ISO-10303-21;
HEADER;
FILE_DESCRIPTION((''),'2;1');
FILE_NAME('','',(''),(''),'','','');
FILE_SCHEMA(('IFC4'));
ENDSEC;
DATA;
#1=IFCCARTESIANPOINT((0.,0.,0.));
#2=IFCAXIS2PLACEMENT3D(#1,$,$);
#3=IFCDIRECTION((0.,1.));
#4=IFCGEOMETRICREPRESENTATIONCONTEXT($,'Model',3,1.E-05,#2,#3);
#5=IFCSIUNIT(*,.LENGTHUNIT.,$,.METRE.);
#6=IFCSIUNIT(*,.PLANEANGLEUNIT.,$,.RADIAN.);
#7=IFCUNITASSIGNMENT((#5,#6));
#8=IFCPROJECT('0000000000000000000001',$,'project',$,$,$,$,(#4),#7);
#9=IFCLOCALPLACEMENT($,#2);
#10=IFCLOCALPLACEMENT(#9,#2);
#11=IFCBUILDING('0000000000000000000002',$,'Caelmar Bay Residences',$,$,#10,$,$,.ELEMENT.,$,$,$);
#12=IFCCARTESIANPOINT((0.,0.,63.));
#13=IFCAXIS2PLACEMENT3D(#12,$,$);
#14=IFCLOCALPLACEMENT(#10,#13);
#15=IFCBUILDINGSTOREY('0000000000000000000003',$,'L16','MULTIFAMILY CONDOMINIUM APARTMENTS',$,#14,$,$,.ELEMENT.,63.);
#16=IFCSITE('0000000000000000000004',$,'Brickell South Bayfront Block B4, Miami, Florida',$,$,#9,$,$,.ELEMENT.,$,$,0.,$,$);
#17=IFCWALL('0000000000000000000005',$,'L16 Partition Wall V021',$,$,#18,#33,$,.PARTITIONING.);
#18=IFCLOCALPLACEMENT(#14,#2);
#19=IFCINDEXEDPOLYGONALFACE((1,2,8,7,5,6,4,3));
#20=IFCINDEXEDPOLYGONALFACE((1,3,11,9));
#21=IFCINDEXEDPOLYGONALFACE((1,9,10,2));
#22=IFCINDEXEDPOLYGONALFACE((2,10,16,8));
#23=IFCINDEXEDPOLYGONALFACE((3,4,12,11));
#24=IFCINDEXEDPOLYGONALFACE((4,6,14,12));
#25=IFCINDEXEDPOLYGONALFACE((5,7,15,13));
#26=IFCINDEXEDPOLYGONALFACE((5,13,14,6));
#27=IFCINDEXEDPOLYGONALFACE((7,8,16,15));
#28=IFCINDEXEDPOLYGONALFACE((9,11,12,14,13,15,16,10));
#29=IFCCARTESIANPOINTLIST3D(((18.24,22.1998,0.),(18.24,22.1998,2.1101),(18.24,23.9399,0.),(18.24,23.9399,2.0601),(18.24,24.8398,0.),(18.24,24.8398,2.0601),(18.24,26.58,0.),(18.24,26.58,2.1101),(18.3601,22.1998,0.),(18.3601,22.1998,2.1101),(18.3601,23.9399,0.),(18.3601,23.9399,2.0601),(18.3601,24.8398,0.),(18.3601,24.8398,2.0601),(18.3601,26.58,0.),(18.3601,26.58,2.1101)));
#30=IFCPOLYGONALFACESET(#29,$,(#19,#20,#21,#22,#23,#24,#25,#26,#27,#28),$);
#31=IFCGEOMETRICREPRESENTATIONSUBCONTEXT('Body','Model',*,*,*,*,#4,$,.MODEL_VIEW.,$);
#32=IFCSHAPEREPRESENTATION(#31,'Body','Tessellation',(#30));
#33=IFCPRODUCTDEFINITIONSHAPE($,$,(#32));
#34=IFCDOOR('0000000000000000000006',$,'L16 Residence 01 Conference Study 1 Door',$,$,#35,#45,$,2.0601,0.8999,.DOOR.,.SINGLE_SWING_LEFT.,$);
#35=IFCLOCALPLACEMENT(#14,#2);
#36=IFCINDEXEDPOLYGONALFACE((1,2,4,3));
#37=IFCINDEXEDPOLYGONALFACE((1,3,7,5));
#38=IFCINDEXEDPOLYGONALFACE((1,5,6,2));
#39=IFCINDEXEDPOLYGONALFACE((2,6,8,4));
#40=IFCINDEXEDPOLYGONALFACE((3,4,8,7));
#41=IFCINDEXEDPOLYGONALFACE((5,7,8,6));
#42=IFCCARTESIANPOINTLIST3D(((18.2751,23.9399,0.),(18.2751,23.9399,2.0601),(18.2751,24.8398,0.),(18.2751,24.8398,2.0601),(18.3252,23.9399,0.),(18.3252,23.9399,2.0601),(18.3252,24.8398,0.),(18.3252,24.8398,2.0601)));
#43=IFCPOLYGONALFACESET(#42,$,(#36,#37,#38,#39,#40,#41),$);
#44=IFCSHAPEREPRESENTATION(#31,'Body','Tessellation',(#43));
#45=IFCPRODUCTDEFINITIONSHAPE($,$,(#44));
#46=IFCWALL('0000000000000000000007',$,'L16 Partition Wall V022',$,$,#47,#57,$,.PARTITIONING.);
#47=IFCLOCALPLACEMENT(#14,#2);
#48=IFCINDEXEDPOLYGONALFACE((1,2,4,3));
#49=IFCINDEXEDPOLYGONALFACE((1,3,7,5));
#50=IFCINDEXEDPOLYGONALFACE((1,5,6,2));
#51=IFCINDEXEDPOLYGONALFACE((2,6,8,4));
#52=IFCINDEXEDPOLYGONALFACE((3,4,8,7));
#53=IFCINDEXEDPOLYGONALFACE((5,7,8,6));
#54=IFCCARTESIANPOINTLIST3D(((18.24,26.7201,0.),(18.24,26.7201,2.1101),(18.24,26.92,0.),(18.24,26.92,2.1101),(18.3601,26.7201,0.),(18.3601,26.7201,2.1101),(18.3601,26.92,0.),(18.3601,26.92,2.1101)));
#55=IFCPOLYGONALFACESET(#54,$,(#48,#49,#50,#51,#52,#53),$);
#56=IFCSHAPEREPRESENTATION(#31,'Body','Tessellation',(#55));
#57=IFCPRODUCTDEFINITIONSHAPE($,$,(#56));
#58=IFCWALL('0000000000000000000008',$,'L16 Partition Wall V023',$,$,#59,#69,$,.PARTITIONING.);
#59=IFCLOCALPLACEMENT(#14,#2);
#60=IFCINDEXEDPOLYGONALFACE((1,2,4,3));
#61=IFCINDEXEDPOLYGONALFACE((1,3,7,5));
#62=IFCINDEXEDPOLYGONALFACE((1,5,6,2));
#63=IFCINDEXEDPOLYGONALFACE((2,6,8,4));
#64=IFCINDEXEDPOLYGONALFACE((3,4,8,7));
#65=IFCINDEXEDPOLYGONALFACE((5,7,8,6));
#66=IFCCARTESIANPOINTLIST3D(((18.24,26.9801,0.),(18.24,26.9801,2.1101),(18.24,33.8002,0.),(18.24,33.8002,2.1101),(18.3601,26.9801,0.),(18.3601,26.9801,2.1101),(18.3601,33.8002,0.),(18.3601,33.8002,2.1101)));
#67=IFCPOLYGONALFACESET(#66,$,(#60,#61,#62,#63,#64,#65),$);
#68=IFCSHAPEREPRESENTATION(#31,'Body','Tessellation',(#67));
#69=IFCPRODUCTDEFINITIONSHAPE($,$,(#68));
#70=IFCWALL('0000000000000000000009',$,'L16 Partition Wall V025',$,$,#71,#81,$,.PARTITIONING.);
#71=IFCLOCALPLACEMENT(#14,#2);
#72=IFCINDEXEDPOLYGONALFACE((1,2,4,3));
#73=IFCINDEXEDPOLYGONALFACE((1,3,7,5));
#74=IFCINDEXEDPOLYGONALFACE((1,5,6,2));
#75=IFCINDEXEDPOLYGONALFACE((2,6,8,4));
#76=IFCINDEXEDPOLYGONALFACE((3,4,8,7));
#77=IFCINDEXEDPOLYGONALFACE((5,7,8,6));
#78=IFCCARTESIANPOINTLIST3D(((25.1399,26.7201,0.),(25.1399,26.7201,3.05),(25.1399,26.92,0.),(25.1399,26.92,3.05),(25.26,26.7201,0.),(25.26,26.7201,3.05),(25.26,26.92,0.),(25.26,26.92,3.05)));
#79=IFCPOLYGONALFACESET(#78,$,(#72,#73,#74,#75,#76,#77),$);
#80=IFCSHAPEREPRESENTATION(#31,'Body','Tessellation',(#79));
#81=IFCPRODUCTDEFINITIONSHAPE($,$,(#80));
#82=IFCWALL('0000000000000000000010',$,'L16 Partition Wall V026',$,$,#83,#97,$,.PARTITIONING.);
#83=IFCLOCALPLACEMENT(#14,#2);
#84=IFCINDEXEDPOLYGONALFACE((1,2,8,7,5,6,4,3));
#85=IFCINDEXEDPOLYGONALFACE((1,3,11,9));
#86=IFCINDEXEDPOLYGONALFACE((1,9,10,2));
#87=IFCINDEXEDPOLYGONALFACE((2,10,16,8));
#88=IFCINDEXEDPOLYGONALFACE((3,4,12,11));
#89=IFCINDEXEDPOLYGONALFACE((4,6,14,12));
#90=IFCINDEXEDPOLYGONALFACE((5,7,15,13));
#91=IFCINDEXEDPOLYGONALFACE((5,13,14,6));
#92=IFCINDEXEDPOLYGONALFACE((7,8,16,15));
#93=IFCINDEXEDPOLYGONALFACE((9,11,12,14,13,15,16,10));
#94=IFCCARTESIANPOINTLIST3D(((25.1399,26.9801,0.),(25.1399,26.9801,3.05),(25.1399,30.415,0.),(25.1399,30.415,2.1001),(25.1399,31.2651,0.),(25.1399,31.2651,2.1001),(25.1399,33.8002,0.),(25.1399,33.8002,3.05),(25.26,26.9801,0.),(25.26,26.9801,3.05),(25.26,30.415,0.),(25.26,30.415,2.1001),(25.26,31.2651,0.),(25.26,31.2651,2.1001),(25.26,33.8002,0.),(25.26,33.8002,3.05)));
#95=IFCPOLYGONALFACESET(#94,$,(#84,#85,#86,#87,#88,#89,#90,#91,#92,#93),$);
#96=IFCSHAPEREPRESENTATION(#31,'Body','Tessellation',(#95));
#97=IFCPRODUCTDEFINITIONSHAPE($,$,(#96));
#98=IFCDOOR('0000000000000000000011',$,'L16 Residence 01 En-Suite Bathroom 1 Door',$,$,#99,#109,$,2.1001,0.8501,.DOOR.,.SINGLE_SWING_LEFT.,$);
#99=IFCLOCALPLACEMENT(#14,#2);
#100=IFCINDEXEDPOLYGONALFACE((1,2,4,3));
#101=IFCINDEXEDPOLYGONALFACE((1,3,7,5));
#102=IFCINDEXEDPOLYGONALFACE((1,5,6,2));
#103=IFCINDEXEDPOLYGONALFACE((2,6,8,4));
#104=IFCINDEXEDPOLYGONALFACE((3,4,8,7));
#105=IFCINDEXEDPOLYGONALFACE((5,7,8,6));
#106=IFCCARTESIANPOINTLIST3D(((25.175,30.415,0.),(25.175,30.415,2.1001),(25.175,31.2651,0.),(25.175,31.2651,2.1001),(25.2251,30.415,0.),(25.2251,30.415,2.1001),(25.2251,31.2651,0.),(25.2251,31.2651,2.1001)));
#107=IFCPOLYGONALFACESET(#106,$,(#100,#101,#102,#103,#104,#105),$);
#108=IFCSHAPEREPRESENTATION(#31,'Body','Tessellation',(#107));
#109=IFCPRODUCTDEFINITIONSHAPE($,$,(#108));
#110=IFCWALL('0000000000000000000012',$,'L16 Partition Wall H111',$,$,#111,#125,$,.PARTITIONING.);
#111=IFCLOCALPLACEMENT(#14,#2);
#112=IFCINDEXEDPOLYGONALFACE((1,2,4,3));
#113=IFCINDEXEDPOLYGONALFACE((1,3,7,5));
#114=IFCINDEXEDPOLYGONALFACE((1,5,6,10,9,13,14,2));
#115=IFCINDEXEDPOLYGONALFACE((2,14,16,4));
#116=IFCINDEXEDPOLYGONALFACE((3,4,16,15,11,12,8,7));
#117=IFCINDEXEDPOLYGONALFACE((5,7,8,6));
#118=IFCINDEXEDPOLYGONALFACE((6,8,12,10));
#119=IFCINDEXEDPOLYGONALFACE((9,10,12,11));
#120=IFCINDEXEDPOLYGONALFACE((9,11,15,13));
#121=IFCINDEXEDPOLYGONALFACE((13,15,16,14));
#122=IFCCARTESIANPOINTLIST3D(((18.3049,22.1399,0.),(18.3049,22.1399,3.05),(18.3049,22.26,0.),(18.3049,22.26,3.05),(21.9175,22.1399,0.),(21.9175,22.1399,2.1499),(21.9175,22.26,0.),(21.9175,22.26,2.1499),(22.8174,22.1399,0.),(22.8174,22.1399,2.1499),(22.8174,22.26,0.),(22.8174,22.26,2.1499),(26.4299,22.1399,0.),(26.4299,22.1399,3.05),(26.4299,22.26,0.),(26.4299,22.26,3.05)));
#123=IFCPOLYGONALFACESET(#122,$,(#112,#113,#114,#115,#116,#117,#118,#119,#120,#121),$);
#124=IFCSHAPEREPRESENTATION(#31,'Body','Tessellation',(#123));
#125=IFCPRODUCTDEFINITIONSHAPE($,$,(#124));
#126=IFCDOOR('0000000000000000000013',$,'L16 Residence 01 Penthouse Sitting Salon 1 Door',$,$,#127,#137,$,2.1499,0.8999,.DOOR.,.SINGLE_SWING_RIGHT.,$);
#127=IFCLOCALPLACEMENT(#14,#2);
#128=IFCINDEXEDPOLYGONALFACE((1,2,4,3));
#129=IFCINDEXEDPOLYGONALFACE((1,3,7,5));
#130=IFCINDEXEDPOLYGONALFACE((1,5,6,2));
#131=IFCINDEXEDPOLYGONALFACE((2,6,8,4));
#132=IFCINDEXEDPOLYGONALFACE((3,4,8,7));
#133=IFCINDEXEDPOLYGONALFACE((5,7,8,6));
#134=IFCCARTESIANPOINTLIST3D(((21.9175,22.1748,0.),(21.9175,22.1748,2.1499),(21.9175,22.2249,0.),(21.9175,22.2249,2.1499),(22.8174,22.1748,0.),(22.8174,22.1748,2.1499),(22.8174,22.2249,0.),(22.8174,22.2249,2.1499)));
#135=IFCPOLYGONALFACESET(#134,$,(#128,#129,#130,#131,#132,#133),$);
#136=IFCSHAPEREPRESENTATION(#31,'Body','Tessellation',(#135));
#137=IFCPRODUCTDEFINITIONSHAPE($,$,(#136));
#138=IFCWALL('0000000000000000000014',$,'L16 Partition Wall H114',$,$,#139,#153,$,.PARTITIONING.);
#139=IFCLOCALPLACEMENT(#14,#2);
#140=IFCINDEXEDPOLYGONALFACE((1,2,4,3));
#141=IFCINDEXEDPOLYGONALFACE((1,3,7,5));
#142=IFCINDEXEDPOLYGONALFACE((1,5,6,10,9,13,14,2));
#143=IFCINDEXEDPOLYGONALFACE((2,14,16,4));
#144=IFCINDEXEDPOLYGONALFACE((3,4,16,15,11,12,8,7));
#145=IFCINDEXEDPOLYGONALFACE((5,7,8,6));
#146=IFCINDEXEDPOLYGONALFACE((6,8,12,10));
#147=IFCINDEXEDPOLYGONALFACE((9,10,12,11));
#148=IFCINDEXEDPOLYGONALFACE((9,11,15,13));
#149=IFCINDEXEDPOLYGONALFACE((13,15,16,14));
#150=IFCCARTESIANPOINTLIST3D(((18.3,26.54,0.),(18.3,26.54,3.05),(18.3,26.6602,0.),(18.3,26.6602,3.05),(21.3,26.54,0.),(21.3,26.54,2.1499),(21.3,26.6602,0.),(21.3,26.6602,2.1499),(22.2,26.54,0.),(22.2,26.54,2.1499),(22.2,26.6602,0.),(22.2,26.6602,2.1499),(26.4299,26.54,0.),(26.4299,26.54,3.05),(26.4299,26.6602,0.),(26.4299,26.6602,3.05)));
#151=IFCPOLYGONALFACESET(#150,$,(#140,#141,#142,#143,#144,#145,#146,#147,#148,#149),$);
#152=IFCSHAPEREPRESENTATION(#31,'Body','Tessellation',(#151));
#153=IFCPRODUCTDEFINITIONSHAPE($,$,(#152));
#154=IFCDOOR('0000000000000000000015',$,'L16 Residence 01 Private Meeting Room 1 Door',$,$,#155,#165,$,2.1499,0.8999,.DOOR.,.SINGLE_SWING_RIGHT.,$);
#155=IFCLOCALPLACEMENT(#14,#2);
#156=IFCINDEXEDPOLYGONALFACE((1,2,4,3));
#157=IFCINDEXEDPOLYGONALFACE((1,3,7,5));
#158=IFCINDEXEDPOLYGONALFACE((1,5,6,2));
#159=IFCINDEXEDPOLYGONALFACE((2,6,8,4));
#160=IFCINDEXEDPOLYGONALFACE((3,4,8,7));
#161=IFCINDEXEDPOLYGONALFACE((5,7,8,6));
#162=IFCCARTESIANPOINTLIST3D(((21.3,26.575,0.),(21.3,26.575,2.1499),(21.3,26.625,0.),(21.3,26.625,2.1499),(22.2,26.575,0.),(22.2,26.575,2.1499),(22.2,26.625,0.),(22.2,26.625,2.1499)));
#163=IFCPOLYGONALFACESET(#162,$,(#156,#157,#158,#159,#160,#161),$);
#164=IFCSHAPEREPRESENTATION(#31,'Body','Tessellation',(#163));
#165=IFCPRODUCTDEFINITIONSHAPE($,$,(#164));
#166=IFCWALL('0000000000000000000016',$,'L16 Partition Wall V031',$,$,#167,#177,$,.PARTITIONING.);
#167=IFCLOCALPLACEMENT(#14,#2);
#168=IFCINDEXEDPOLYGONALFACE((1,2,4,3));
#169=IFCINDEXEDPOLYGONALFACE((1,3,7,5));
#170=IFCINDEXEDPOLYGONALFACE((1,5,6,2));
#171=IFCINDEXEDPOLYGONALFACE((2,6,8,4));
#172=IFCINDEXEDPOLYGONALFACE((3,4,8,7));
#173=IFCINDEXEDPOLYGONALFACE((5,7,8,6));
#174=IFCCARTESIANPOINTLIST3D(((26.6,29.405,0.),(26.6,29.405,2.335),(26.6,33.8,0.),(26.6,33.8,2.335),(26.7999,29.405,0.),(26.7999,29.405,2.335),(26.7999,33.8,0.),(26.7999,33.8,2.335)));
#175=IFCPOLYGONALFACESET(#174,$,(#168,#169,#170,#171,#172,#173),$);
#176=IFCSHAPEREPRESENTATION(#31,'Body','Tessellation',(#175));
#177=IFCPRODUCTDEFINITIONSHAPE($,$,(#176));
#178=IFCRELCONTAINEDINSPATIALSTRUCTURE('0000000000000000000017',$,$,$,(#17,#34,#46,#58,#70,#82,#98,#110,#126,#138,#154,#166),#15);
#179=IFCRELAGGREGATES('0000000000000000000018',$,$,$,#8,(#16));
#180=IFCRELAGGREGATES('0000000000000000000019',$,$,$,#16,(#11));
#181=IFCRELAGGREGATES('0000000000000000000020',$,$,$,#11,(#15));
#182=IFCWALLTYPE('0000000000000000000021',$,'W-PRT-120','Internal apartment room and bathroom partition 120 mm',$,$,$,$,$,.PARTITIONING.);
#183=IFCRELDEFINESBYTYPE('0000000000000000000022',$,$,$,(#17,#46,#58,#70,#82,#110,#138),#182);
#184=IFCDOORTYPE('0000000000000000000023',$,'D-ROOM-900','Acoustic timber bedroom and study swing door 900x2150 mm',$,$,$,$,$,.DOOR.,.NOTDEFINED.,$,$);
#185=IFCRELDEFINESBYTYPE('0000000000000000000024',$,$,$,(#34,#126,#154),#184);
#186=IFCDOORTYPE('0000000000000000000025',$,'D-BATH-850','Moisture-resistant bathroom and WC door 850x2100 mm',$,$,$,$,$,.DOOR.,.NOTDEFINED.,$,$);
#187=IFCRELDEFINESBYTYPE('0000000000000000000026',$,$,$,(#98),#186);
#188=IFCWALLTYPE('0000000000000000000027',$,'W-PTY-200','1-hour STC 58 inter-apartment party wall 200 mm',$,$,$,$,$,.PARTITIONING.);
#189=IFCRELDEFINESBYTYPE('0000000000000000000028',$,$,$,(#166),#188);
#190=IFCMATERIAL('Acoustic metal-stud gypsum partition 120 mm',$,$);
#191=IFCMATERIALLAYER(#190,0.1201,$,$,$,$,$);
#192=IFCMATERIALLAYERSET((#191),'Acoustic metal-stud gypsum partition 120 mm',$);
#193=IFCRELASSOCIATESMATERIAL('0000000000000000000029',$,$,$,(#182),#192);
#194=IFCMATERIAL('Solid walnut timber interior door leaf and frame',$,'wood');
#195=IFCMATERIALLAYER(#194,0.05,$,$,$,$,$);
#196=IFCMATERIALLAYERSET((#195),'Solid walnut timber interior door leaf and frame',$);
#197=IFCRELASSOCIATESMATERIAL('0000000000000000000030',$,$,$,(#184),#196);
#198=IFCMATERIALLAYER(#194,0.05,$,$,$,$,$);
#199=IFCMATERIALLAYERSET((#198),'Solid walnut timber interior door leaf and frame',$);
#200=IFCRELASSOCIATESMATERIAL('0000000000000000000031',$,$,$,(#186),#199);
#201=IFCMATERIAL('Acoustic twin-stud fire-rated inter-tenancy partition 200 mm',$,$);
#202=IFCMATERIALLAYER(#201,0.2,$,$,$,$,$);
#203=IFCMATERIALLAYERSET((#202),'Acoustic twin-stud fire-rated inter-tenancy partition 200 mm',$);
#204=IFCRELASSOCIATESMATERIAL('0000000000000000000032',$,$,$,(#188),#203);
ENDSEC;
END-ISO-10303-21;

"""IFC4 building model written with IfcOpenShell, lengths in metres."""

from ifc_helpers import new_model, si_unit, direction, frame, frame_2d, origin, place, context, subcontext, project, spatial, rectangle, extrude, material, layer, layer_set, type_object, element, fill, save


model = new_model("IFC4")

# Units and contexts
model_context = context("Model", 3, precision=1e-05, world=origin(), true_north=direction((0.0, 1.0)))
body_context = subcontext(model_context, "Body", "Model", "MODEL_VIEW")
ifc_project = project(units=[si_unit("LENGTHUNIT", "METRE"), si_unit("PLANEANGLEUNIT", "RADIAN")], contexts=[model_context])

# Site, building, storey
site_placement = place(None, origin())
site = spatial("IfcSite", under=ifc_project, at=site_placement, Name="Brickell South Bayfront Block B4, Miami, Florida", CompositionType="ELEMENT", RefElevation=0.0)
building_placement = place(site_placement, origin())
building = spatial("IfcBuilding", under=site, at=building_placement, Name="Caelmar Bay Residences", CompositionType="ELEMENT")
storey_placement = place(building_placement, frame((0.0, 0.0, 63.0)))
storey = spatial("IfcBuildingStorey", under=building, at=storey_placement, Name="L16", Description="MULTIFAMILY CONDOMINIUM APARTMENTS", CompositionType="ELEMENT", Elevation=63.0)

# Wall, opening, door
ifc_material_1 = material(Name="Acoustic metal-stud gypsum partition 120 mm")
ifc_layer_1 = layer(ifc_material_1, 0.1201)
ifc_layer_set_1 = layer_set([ifc_layer_1], Name="Acoustic metal-stud gypsum partition 120 mm")
wall_type_1 = type_object("IfcWallType", Name="W-PRT-120", Description="Internal apartment room and bathroom partition 120 mm", PredefinedType="PARTITIONING", material=ifc_layer_set_1)
wall_1_placement = place(storey_placement, frame((18.3, 22.2, 0.0), z_axis=(0.0, 0.0, 1.0), x_axis=(0.0, 1.0, 0.0)))
wall_1 = element("IfcWall", 1, at=wall_1_placement, inside=storey, type_object=wall_type_1, Name="L16 Partition Wall V021", PredefinedType="PARTITIONING", context=body_context, shape_type="SweptSolid", body=[
    extrude(rectangle(XDim=4.3801, YDim=0.1201, at=frame_2d((2.1899, 0.0))), origin(), (0.0, 0.0, 1.0), 2.1101),
])
opening_1_placement = place(wall_1_placement, frame((1.74, 0.0, 0.0)))
opening_1 = element("IfcOpeningElement", 2, at=opening_1_placement, cuts=wall_1, PredefinedType="OPENING", context=body_context, shape_type="SweptSolid", body=[
    extrude(rectangle(XDim=0.8999, YDim=2.0601, at=frame_2d((0.45, 1.03))), frame((0.0, 0.0701, 0.0), z_axis=(0.0, -1.0, 0.0), x_axis=(1.0, 0.0, 0.0)), (0.0, 0.0, 1.0), 0.1401),
])
ifc_material_2 = material(Name="Solid walnut timber interior door leaf and frame", Category="wood")
ifc_layer_2 = layer(ifc_material_2, 0.05)
ifc_layer_set_2 = layer_set([ifc_layer_2], Name="Solid walnut timber interior door leaf and frame")
door_type_1 = type_object("IfcDoorType", Name="D-ROOM-900", Description="Acoustic timber bedroom and study swing door 900x2150 mm", OperationType="NOTDEFINED", PredefinedType="DOOR", material=ifc_layer_set_2)
door_1_placement = place(opening_1_placement, origin())
door_1 = element("IfcDoor", 3, at=door_1_placement, inside=storey, type_object=door_type_1, Name="L16 Residence 01 Conference Study 1 Door", OperationType="SINGLE_SWING_LEFT", OverallHeight=2.0601, OverallWidth=0.8999, PredefinedType="DOOR", context=body_context, shape_type="SweptSolid", body=[
    extrude(rectangle(XDim=0.8999, YDim=2.0601, at=frame_2d((0.45, 1.03))), frame((0.0, 0.0249, 0.0), z_axis=(0.0, -1.0, 0.0), x_axis=(1.0, 0.0, 0.0)), (0.0, 0.0, 1.0), 0.05),
])
fill(opening_1, door_1)

# Walls
wall_2_placement = place(storey_placement, frame((18.3, 26.72, 0.0), z_axis=(0.0, 0.0, 1.0), x_axis=(0.0, 1.0, 0.0)))
element("IfcWall", 4, at=wall_2_placement, inside=storey, type_object=wall_type_1, Name="L16 Partition Wall V022", PredefinedType="PARTITIONING", context=body_context, shape_type="SweptSolid", body=[
    extrude(rectangle(XDim=0.2, YDim=0.1201, at=frame_2d((0.1001, 0.0))), origin(), (0.0, 0.0, 1.0), 2.1101),
])
wall_3_placement = place(storey_placement, frame((18.3, 26.98, 0.0), z_axis=(0.0, 0.0, 1.0), x_axis=(0.0, 1.0, 0.0)))
element("IfcWall", 5, at=wall_3_placement, inside=storey, type_object=wall_type_1, Name="L16 Partition Wall V023", PredefinedType="PARTITIONING", context=body_context, shape_type="SweptSolid", body=[
    extrude(rectangle(XDim=6.8201, YDim=0.1201, at=frame_2d((3.4102, 0.0))), origin(), (0.0, 0.0, 1.0), 2.1101),
])
wall_4_placement = place(storey_placement, frame((25.2, 26.72, 0.0), z_axis=(0.0, 0.0, 1.0), x_axis=(0.0, 1.0, 0.0)))
element("IfcWall", 6, at=wall_4_placement, inside=storey, type_object=wall_type_1, Name="L16 Partition Wall V025", PredefinedType="PARTITIONING", context=body_context, shape_type="SweptSolid", body=[
    extrude(rectangle(XDim=0.2, YDim=0.1201, at=frame_2d((0.1001, 0.0))), origin(), (0.0, 0.0, 1.0), 3.05),
])

# Walls, openings, doors
wall_5_placement = place(storey_placement, frame((25.2, 26.98, 0.0), z_axis=(0.0, 0.0, 1.0), x_axis=(0.0, 1.0, 0.0)))
wall_5 = element("IfcWall", 7, at=wall_5_placement, inside=storey, type_object=wall_type_1, Name="L16 Partition Wall V026", PredefinedType="PARTITIONING", context=body_context, shape_type="SweptSolid", body=[
    extrude(rectangle(XDim=6.8201, YDim=0.1201, at=frame_2d((3.4102, 0.0))), origin(), (0.0, 0.0, 1.0), 3.05),
])
opening_2_placement = place(wall_5_placement, frame((3.4351, 0.0, 0.0)))
opening_2 = element("IfcOpeningElement", 8, at=opening_2_placement, cuts=wall_5, PredefinedType="OPENING", context=body_context, shape_type="SweptSolid", body=[
    extrude(rectangle(XDim=0.8501, YDim=2.1001, at=frame_2d((0.425, 1.05))), frame((0.0, 0.0701, 0.0), z_axis=(0.0, -1.0, 0.0), x_axis=(1.0, 0.0, 0.0)), (0.0, 0.0, 1.0), 0.1401),
])
ifc_layer_3 = layer(ifc_material_2, 0.05)
ifc_layer_set_3 = layer_set([ifc_layer_3], Name="Solid walnut timber interior door leaf and frame")
door_type_2 = type_object("IfcDoorType", Name="D-BATH-850", Description="Moisture-resistant bathroom and WC door 850x2100 mm", OperationType="NOTDEFINED", PredefinedType="DOOR", material=ifc_layer_set_3)
door_2_placement = place(opening_2_placement, origin())
door_2 = element("IfcDoor", 9, at=door_2_placement, inside=storey, type_object=door_type_2, Name="L16 Residence 01 En-Suite Bathroom 1 Door", OperationType="SINGLE_SWING_LEFT", OverallHeight=2.1001, OverallWidth=0.8501, PredefinedType="DOOR", context=body_context, shape_type="SweptSolid", body=[
    extrude(rectangle(XDim=0.8501, YDim=2.1001, at=frame_2d((0.425, 1.05))), frame((0.0, 0.0249, 0.0), z_axis=(0.0, -1.0, 0.0), x_axis=(1.0, 0.0, 0.0)), (0.0, 0.0, 1.0), 0.05),
])
fill(opening_2, door_2)
wall_6_placement = place(storey_placement, frame((18.3049, 22.2, 0.0), z_axis=(0.0, 0.0, 1.0), x_axis=(1.0, 0.0, 0.0)))
wall_6 = element("IfcWall", 10, at=wall_6_placement, inside=storey, type_object=wall_type_1, Name="L16 Partition Wall H111", PredefinedType="PARTITIONING", context=body_context, shape_type="SweptSolid", body=[
    extrude(rectangle(XDim=8.125, YDim=0.1201, at=frame_2d((4.0625, 0.0))), origin(), (0.0, 0.0, 1.0), 3.05),
])
opening_3_placement = place(wall_6_placement, frame((3.6125, 0.0, 0.0)))
opening_3 = element("IfcOpeningElement", 11, at=opening_3_placement, cuts=wall_6, PredefinedType="OPENING", context=body_context, shape_type="SweptSolid", body=[
    extrude(rectangle(XDim=0.8999, YDim=2.1499, at=frame_2d((0.45, 1.075))), frame((0.0, 0.0701, 0.0), z_axis=(0.0, -1.0, 0.0), x_axis=(1.0, 0.0, 0.0)), (0.0, 0.0, 1.0), 0.1401),
])
door_3_placement = place(opening_3_placement, origin())
door_3 = element("IfcDoor", 12, at=door_3_placement, inside=storey, type_object=door_type_1, Name="L16 Residence 01 Penthouse Sitting Salon 1 Door", OperationType="SINGLE_SWING_RIGHT", OverallHeight=2.1499, OverallWidth=0.8999, PredefinedType="DOOR", context=body_context, shape_type="SweptSolid", body=[
    extrude(rectangle(XDim=0.8999, YDim=2.1499, at=frame_2d((0.45, 1.075))), frame((0.0, 0.0249, 0.0), z_axis=(0.0, -1.0, 0.0), x_axis=(1.0, 0.0, 0.0)), (0.0, 0.0, 1.0), 0.05),
])
fill(opening_3, door_3)
wall_7_placement = place(storey_placement, frame((18.3, 26.6001, 0.0), z_axis=(0.0, 0.0, 1.0), x_axis=(1.0, 0.0, 0.0)))
wall_7 = element("IfcWall", 13, at=wall_7_placement, inside=storey, type_object=wall_type_1, Name="L16 Partition Wall H114", PredefinedType="PARTITIONING", context=body_context, shape_type="SweptSolid", body=[
    extrude(rectangle(XDim=8.1299, YDim=0.1201, at=frame_2d((4.0649, 0.0))), origin(), (0.0, 0.0, 1.0), 3.05),
])
opening_4_placement = place(wall_7_placement, frame((3.0, 0.0, 0.0)))
opening_4 = element("IfcOpeningElement", 14, at=opening_4_placement, cuts=wall_7, PredefinedType="OPENING", context=body_context, shape_type="SweptSolid", body=[
    extrude(rectangle(XDim=0.8999, YDim=2.1499, at=frame_2d((0.45, 1.075))), frame((0.0, 0.0701, 0.0), z_axis=(0.0, -1.0, 0.0), x_axis=(1.0, 0.0, 0.0)), (0.0, 0.0, 1.0), 0.1401),
])
door_4_placement = place(opening_4_placement, origin())
door_4 = element("IfcDoor", 15, at=door_4_placement, inside=storey, type_object=door_type_1, Name="L16 Residence 01 Private Meeting Room 1 Door", OperationType="SINGLE_SWING_RIGHT", OverallHeight=2.1499, OverallWidth=0.8999, PredefinedType="DOOR", context=body_context, shape_type="SweptSolid", body=[
    extrude(rectangle(XDim=0.8999, YDim=2.1499, at=frame_2d((0.45, 1.075))), frame((0.0, 0.0249, 0.0), z_axis=(0.0, -1.0, 0.0), x_axis=(1.0, 0.0, 0.0)), (0.0, 0.0, 1.0), 0.05),
])
fill(opening_4, door_4)

# Wall
ifc_material_3 = material(Name="Acoustic twin-stud fire-rated inter-tenancy partition 200 mm")
ifc_layer_4 = layer(ifc_material_3, 0.2)
ifc_layer_set_4 = layer_set([ifc_layer_4], Name="Acoustic twin-stud fire-rated inter-tenancy partition 200 mm")
wall_type_2 = type_object("IfcWallType", Name="W-PTY-200", Description="1-hour STC 58 inter-apartment party wall 200 mm", PredefinedType="PARTITIONING", material=ifc_layer_set_4)
wall_8_placement = place(storey_placement, frame((26.7, 29.405, 0.0), z_axis=(0.0, 0.0, 1.0), x_axis=(0.0, 1.0, 0.0)))
element("IfcWall", 16, at=wall_8_placement, inside=storey, type_object=wall_type_2, Name="L16 Partition Wall V031", PredefinedType="PARTITIONING", context=body_context, shape_type="SweptSolid", body=[
    extrude(rectangle(XDim=4.395, YDim=0.2, at=frame_2d((2.1975, 0.0))), origin(), (0.0, 0.0, 1.0), 2.335),
])

save(model, "model.ifc")
